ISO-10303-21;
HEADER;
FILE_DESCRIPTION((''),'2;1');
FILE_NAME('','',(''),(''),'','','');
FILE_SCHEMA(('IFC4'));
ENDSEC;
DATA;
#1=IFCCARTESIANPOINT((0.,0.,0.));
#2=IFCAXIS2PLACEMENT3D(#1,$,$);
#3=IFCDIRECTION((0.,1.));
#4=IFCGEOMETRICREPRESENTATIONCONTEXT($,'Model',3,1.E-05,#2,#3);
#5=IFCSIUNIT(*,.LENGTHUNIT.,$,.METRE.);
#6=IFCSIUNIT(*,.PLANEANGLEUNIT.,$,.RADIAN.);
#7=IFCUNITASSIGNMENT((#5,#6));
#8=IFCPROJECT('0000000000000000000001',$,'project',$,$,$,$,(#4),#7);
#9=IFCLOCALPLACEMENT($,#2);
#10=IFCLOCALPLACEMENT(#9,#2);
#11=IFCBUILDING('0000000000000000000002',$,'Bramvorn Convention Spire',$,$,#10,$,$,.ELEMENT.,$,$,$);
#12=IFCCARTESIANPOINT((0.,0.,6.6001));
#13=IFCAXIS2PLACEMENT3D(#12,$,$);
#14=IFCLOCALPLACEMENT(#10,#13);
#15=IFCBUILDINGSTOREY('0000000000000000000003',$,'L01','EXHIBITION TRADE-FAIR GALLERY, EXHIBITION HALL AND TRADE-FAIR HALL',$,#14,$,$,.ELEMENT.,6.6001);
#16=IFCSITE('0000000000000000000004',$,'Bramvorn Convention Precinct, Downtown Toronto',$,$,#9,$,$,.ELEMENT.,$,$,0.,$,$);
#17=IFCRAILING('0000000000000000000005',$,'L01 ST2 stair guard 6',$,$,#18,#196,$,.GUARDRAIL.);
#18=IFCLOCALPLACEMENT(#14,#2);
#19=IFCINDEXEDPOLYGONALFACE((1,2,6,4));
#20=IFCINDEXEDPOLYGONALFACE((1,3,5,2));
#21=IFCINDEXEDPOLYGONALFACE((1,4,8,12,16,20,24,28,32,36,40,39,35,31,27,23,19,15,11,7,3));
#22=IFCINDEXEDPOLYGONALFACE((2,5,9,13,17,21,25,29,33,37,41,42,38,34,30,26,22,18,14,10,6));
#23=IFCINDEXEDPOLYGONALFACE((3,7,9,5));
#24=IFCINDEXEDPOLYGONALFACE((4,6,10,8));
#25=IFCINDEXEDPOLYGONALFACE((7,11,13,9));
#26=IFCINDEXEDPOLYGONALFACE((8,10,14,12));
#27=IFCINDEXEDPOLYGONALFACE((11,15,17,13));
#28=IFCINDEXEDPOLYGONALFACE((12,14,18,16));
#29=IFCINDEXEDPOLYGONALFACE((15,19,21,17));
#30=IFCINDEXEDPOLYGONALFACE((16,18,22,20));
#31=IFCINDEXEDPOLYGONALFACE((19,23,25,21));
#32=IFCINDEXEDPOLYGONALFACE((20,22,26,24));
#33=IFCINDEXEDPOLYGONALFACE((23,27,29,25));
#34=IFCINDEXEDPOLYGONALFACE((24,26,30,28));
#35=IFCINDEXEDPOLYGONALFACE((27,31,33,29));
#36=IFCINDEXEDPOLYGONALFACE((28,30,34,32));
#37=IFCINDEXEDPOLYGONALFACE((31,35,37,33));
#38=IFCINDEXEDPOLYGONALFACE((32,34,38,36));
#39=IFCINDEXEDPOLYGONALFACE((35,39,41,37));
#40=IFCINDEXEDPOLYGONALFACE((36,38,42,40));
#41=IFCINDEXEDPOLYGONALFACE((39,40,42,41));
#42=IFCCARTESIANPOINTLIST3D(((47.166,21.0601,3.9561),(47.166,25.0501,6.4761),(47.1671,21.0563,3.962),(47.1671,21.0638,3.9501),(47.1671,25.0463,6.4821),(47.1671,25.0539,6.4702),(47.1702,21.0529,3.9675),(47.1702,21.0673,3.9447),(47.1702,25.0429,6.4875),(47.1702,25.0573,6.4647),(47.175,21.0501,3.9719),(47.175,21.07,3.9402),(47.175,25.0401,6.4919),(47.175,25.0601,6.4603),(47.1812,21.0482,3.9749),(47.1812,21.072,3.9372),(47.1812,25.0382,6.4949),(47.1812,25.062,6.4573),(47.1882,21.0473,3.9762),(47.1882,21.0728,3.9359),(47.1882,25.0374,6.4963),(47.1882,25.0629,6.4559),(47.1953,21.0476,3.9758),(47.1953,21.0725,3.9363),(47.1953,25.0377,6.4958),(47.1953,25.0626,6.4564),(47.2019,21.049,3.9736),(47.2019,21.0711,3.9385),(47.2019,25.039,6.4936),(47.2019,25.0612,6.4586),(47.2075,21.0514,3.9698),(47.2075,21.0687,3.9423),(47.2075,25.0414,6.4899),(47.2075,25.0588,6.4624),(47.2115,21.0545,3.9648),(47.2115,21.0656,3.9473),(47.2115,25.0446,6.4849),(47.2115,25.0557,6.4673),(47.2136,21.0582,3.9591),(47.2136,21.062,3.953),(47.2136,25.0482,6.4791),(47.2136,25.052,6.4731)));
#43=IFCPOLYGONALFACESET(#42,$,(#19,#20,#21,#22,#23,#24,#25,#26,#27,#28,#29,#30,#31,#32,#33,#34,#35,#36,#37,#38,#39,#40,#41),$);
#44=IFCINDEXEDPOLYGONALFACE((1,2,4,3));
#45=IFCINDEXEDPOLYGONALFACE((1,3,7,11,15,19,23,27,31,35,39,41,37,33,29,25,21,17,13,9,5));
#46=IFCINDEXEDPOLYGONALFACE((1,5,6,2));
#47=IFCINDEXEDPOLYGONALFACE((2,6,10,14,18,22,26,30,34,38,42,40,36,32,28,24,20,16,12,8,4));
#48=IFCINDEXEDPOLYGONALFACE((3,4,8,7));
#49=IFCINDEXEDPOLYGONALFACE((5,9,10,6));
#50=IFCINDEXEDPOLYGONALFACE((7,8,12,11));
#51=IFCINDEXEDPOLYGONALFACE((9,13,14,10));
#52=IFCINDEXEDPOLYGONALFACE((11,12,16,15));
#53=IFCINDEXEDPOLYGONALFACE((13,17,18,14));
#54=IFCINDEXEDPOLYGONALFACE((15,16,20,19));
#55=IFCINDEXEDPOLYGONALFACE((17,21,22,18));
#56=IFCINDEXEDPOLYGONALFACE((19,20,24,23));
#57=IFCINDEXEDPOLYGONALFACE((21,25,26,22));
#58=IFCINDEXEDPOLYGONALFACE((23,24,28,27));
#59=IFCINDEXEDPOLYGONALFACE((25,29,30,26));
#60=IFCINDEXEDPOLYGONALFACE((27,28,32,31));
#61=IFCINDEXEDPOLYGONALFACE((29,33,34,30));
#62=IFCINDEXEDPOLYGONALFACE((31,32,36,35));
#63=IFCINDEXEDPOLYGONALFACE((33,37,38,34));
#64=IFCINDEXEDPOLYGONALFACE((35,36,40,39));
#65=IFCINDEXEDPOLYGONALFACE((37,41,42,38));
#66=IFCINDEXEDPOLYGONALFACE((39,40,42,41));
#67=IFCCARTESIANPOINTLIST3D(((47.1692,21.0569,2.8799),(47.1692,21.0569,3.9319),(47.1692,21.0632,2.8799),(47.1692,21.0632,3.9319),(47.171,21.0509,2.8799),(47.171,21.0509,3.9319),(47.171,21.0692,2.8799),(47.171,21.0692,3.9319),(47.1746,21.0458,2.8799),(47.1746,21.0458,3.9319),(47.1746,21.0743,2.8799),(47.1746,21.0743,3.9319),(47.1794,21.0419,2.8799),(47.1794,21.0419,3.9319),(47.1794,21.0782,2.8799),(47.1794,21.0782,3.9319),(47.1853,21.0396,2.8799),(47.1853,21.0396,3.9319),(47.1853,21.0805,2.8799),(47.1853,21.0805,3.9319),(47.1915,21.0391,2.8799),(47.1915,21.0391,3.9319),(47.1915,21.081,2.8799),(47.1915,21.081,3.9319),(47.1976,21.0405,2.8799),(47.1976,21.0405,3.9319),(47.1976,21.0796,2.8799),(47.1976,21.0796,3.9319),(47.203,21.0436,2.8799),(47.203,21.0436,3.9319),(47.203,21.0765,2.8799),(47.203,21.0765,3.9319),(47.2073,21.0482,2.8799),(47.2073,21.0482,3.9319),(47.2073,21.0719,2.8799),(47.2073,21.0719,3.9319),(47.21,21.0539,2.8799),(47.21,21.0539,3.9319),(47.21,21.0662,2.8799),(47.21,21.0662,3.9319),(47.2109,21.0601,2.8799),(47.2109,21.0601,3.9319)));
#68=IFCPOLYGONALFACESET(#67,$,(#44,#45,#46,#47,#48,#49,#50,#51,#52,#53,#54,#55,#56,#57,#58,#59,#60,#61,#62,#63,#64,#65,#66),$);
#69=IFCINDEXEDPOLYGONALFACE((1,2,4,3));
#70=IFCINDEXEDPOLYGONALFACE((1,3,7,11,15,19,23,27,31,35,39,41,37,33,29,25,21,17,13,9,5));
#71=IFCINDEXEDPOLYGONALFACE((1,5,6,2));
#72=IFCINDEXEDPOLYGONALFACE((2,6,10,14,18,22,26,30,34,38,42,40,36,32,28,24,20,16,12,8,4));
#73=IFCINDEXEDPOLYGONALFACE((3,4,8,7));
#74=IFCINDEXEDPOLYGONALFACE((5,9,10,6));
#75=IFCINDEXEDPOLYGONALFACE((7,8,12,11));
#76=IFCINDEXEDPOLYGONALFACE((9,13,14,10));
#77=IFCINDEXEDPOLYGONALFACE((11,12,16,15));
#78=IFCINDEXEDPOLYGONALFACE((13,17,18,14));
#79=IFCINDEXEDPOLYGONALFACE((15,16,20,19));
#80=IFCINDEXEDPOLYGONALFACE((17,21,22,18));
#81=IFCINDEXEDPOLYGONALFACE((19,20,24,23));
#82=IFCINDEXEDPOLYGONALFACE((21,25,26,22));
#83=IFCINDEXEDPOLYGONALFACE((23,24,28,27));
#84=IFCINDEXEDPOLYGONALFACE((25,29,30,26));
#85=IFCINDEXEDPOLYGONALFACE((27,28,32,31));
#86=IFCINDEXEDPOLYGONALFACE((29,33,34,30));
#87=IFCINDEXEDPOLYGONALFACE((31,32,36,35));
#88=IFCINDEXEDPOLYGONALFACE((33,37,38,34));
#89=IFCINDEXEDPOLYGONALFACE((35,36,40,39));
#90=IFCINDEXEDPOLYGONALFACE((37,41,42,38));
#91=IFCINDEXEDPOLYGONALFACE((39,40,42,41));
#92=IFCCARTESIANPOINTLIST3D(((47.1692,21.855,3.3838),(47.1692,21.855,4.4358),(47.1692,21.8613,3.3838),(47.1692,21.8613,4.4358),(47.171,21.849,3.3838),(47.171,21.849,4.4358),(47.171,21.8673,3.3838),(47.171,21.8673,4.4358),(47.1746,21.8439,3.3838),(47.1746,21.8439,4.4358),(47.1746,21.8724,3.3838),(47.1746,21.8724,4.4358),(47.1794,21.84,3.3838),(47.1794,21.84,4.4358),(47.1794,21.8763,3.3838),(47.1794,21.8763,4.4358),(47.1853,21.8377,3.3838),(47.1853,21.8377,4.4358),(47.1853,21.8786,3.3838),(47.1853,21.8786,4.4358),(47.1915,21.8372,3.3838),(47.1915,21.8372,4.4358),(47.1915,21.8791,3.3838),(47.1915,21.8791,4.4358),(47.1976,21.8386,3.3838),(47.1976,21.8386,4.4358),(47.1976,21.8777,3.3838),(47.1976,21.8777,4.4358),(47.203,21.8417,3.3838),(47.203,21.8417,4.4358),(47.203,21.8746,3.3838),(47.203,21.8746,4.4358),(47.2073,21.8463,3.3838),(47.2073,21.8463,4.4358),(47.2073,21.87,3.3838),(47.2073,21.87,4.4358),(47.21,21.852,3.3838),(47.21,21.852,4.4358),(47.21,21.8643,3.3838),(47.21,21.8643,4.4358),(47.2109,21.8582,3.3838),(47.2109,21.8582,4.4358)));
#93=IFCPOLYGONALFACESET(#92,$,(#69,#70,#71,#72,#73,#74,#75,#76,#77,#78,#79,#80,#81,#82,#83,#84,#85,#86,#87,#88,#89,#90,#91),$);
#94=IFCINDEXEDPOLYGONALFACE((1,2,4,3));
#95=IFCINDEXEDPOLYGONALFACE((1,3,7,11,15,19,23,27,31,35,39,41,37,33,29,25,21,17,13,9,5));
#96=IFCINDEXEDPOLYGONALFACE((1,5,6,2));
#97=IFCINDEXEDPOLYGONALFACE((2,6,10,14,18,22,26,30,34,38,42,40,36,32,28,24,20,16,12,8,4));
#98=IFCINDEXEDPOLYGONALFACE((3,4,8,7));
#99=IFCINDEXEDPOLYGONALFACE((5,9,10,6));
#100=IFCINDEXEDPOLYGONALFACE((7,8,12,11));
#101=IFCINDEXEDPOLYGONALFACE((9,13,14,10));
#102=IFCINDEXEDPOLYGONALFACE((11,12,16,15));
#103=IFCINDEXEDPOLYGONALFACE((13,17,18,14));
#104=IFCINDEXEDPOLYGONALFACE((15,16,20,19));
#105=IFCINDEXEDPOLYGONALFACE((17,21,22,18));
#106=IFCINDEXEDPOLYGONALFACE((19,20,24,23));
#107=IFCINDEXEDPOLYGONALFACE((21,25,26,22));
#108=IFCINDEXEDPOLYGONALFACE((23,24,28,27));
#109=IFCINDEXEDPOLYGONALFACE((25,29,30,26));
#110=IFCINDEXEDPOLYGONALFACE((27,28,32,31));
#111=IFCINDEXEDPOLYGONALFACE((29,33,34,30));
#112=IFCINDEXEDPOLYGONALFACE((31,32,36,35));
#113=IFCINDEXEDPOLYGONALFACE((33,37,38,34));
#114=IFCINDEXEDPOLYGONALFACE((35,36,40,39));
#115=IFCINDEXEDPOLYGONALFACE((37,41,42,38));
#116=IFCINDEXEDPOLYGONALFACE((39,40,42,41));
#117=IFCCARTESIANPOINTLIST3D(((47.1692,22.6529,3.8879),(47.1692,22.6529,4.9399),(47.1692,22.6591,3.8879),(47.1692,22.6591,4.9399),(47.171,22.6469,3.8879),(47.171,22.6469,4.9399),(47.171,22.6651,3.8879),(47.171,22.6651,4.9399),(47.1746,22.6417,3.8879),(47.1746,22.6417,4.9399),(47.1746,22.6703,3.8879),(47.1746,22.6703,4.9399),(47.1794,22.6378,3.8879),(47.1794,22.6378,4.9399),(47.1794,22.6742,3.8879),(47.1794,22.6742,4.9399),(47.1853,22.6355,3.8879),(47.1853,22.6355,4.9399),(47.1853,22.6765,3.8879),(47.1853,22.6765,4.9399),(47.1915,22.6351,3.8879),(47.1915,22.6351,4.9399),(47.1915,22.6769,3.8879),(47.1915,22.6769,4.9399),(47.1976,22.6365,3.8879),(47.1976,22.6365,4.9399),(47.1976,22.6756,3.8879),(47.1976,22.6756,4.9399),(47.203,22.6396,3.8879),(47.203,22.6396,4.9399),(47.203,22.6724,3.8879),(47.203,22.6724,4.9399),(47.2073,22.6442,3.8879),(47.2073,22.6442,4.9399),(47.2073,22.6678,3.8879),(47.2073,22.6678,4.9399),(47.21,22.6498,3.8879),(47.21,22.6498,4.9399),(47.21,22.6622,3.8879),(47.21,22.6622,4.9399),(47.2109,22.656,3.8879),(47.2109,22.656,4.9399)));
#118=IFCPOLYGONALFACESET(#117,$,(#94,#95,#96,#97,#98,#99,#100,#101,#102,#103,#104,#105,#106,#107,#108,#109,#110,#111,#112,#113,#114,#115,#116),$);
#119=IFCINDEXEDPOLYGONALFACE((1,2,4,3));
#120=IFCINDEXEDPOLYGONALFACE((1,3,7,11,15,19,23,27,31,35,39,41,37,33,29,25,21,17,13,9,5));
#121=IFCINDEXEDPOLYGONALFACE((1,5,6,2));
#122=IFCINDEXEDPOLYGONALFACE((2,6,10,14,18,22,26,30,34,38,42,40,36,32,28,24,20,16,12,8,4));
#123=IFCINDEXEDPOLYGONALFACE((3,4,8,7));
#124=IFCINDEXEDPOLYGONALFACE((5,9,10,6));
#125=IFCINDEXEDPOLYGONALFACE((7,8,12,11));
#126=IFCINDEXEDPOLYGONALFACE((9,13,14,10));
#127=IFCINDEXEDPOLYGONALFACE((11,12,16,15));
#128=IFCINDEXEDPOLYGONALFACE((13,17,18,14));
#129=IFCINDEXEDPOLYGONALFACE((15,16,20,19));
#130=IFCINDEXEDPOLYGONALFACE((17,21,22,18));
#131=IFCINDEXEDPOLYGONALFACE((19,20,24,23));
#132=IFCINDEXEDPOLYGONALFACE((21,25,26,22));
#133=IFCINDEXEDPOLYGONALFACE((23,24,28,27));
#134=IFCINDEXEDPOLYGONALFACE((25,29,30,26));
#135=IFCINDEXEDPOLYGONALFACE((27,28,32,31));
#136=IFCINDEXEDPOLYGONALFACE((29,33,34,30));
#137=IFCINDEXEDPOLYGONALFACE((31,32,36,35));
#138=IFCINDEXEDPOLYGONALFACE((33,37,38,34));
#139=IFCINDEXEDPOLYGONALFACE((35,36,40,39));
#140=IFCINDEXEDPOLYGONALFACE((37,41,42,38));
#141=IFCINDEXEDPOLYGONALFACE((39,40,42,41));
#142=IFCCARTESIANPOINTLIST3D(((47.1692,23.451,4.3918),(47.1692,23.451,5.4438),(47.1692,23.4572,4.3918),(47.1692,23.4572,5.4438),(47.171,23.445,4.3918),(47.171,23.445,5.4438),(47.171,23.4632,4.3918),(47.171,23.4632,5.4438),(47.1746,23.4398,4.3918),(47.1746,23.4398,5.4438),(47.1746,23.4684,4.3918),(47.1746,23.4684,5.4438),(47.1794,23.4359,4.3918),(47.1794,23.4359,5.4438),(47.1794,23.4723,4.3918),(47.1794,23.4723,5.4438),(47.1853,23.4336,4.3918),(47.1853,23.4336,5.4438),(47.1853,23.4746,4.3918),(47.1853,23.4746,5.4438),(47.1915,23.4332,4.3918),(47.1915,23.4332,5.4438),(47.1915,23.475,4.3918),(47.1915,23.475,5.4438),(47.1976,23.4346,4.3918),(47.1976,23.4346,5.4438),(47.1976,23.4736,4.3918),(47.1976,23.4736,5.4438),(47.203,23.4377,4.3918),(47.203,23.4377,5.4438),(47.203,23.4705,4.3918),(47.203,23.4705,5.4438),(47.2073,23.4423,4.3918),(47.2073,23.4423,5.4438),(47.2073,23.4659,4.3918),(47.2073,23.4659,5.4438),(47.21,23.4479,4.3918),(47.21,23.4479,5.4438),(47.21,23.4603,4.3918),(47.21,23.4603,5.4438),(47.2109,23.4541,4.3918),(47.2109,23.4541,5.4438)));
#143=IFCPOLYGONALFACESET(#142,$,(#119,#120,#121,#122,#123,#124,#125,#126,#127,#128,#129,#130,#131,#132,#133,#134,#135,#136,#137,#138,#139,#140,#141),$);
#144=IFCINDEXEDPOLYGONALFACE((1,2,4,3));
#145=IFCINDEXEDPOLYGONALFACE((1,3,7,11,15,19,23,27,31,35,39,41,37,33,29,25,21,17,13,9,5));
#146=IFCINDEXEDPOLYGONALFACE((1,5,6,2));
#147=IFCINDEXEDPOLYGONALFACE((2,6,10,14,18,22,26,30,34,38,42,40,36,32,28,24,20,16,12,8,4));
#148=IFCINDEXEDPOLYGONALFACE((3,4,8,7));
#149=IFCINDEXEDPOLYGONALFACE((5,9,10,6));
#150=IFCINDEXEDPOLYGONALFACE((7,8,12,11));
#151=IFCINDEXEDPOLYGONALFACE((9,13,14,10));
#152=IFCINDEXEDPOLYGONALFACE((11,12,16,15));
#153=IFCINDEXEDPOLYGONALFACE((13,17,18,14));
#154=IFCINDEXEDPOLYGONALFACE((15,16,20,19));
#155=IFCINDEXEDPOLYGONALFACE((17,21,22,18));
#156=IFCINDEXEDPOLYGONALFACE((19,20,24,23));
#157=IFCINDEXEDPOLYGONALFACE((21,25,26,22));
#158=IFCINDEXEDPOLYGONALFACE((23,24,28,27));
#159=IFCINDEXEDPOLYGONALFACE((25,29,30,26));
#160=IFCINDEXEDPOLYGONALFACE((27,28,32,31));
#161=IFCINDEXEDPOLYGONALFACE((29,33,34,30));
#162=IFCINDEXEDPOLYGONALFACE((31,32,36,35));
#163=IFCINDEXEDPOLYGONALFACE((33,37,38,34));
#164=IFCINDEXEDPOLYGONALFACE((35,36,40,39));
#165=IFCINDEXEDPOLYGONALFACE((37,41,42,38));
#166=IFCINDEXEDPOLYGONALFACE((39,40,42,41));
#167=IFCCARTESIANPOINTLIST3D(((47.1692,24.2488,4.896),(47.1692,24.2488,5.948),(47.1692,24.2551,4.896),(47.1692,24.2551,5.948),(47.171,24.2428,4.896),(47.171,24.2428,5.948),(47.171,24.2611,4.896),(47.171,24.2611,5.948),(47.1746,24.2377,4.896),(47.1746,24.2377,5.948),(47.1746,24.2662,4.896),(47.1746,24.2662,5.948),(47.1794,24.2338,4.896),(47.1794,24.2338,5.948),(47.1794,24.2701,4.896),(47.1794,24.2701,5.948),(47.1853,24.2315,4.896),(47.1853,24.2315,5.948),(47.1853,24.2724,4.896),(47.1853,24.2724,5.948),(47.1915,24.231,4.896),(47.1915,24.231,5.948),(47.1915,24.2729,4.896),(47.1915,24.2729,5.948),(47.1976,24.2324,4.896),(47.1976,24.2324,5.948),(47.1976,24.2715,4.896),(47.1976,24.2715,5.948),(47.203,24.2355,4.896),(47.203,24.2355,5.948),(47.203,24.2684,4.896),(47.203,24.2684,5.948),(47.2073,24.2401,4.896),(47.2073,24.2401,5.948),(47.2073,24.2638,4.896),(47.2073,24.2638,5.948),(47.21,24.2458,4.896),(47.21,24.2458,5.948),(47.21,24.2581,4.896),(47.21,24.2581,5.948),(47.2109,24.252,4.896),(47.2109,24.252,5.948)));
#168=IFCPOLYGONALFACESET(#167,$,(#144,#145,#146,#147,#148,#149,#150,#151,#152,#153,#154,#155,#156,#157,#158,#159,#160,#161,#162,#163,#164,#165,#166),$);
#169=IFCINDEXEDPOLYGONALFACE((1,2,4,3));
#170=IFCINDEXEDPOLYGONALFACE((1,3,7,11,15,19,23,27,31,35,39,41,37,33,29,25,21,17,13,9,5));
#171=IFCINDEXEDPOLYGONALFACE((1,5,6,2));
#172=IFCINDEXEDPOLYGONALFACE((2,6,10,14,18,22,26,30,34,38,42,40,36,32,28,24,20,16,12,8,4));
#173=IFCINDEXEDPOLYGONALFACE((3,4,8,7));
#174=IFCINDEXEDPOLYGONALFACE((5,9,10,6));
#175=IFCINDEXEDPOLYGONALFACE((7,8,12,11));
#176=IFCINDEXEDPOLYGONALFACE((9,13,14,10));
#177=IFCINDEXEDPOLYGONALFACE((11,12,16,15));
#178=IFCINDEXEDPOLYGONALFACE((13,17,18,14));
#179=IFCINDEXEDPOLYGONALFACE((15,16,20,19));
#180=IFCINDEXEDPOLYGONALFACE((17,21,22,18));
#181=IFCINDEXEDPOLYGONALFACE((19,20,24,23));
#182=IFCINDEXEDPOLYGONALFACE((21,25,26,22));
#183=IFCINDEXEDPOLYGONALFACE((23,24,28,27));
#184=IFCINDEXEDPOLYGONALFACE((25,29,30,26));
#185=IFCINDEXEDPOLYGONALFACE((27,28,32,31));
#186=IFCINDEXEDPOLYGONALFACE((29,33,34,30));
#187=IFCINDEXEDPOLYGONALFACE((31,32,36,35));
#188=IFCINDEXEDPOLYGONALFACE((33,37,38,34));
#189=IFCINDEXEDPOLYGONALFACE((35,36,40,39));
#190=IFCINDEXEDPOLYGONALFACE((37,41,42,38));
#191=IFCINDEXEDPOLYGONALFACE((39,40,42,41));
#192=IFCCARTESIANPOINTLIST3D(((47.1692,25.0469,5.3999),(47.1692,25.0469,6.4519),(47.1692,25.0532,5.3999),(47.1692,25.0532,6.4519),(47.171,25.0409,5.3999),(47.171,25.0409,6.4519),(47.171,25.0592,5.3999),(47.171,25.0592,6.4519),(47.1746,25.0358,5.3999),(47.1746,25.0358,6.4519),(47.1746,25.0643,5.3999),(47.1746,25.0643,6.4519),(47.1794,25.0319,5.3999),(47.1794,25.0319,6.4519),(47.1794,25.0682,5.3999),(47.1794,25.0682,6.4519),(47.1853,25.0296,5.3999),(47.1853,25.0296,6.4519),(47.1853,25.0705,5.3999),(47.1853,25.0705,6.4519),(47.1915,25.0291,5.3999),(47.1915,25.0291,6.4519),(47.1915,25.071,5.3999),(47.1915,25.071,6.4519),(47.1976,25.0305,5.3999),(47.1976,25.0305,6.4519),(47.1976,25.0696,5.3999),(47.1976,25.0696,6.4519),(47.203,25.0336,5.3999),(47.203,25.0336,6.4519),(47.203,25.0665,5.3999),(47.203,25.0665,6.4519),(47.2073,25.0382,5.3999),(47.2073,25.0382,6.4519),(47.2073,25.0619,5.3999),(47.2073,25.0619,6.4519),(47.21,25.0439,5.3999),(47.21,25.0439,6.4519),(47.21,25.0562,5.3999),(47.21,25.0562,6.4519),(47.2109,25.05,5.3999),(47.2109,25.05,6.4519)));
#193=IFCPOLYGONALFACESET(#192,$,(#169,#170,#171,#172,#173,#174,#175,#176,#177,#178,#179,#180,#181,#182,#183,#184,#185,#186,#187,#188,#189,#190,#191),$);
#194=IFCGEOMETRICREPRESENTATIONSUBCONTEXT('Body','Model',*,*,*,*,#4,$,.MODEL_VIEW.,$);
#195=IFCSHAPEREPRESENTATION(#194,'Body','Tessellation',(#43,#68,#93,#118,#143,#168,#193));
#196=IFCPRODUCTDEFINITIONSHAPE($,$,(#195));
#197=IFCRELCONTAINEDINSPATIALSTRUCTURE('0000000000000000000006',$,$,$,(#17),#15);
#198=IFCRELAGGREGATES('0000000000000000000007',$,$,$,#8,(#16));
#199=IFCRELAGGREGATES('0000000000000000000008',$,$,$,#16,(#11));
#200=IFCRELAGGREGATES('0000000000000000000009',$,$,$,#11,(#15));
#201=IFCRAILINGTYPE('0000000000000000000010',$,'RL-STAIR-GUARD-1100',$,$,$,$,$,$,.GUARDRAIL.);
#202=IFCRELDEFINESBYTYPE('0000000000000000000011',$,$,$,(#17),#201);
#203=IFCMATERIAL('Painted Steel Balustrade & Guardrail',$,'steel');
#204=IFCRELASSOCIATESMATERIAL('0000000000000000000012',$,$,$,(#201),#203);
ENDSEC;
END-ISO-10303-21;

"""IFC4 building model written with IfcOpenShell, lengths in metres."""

from ifc_helpers import new_model, si_unit, direction, frame, origin, origin_2d, place, context, subcontext, project, spatial, circle, extrude, material, type_object, element, save


model = new_model("IFC4")

# Units and contexts
model_context = context("Model", 3, precision=1e-05, world=origin(), true_north=direction((0.0, 1.0)))
body_context = subcontext(model_context, "Body", "Model", "MODEL_VIEW")
ifc_project = project(units=[si_unit("LENGTHUNIT", "METRE"), si_unit("PLANEANGLEUNIT", "RADIAN")], contexts=[model_context])

# Site, building, storey
site_placement = place(None, origin())
site = spatial("IfcSite", under=ifc_project, at=site_placement, Name="Bramvorn Convention Precinct, Downtown Toronto", CompositionType="ELEMENT", RefElevation=0.0)
building_placement = place(site_placement, origin())
building = spatial("IfcBuilding", under=site, at=building_placement, Name="Bramvorn Convention Spire", CompositionType="ELEMENT")
storey_placement = place(building_placement, frame((0.0, 0.0, 6.6001)))
storey = spatial("IfcBuildingStorey", under=building, at=storey_placement, Name="L01", Description="EXHIBITION TRADE-FAIR GALLERY, EXHIBITION HALL AND TRADE-FAIR HALL", CompositionType="ELEMENT", Elevation=6.6001)

# Railing
ifc_material_1 = material(Name="Painted Steel Balustrade & Guardrail", Category="steel")
railing_type_1 = type_object("IfcRailingType", Name="RL-STAIR-GUARD-1100", PredefinedType="GUARDRAIL", material=ifc_material_1)
railing_1_placement = place(storey_placement, frame((47.1899, 21.0601, 2.8799)))
element("IfcRailing", 1, at=railing_1_placement, inside=storey, type_object=railing_type_1, Name="L01 ST2 stair guard 6", PredefinedType="GUARDRAIL", context=body_context, shape_type="SweptSolid", body=[
    extrude(circle(Radius=0.0239, at=origin_2d()), frame((0.0, 0.0, 1.0762), z_axis=(0.0, 0.845486, 0.533997), x_axis=(-1.0, 0.0, 0.0)), (0.0, 0.0, 1.0), 4.7192),
    extrude(circle(Radius=0.021, at=origin_2d()), origin(), (0.0, 0.0, 1.0), 1.052),
    extrude(circle(Radius=0.021, at=origin_2d()), frame((0.0, 0.7981, 0.5039)), (0.0, 0.0, 1.0), 1.052),
    extrude(circle(Radius=0.021, at=origin_2d()), frame((0.0, 1.5959, 1.0081)), (0.0, 0.0, 1.0), 1.052),
    extrude(circle(Radius=0.021, at=origin_2d()), frame((0.0, 2.394, 1.512)), (0.0, 0.0, 1.0), 1.052),
    extrude(circle(Radius=0.021, at=origin_2d()), frame((0.0, 3.1919, 2.0161)), (0.0, 0.0, 1.0), 1.052),
    extrude(circle(Radius=0.021, at=origin_2d()), frame((0.0, 3.99, 2.52)), (0.0, 0.0, 1.0), 1.052),
])

save(model, "model.ifc")
